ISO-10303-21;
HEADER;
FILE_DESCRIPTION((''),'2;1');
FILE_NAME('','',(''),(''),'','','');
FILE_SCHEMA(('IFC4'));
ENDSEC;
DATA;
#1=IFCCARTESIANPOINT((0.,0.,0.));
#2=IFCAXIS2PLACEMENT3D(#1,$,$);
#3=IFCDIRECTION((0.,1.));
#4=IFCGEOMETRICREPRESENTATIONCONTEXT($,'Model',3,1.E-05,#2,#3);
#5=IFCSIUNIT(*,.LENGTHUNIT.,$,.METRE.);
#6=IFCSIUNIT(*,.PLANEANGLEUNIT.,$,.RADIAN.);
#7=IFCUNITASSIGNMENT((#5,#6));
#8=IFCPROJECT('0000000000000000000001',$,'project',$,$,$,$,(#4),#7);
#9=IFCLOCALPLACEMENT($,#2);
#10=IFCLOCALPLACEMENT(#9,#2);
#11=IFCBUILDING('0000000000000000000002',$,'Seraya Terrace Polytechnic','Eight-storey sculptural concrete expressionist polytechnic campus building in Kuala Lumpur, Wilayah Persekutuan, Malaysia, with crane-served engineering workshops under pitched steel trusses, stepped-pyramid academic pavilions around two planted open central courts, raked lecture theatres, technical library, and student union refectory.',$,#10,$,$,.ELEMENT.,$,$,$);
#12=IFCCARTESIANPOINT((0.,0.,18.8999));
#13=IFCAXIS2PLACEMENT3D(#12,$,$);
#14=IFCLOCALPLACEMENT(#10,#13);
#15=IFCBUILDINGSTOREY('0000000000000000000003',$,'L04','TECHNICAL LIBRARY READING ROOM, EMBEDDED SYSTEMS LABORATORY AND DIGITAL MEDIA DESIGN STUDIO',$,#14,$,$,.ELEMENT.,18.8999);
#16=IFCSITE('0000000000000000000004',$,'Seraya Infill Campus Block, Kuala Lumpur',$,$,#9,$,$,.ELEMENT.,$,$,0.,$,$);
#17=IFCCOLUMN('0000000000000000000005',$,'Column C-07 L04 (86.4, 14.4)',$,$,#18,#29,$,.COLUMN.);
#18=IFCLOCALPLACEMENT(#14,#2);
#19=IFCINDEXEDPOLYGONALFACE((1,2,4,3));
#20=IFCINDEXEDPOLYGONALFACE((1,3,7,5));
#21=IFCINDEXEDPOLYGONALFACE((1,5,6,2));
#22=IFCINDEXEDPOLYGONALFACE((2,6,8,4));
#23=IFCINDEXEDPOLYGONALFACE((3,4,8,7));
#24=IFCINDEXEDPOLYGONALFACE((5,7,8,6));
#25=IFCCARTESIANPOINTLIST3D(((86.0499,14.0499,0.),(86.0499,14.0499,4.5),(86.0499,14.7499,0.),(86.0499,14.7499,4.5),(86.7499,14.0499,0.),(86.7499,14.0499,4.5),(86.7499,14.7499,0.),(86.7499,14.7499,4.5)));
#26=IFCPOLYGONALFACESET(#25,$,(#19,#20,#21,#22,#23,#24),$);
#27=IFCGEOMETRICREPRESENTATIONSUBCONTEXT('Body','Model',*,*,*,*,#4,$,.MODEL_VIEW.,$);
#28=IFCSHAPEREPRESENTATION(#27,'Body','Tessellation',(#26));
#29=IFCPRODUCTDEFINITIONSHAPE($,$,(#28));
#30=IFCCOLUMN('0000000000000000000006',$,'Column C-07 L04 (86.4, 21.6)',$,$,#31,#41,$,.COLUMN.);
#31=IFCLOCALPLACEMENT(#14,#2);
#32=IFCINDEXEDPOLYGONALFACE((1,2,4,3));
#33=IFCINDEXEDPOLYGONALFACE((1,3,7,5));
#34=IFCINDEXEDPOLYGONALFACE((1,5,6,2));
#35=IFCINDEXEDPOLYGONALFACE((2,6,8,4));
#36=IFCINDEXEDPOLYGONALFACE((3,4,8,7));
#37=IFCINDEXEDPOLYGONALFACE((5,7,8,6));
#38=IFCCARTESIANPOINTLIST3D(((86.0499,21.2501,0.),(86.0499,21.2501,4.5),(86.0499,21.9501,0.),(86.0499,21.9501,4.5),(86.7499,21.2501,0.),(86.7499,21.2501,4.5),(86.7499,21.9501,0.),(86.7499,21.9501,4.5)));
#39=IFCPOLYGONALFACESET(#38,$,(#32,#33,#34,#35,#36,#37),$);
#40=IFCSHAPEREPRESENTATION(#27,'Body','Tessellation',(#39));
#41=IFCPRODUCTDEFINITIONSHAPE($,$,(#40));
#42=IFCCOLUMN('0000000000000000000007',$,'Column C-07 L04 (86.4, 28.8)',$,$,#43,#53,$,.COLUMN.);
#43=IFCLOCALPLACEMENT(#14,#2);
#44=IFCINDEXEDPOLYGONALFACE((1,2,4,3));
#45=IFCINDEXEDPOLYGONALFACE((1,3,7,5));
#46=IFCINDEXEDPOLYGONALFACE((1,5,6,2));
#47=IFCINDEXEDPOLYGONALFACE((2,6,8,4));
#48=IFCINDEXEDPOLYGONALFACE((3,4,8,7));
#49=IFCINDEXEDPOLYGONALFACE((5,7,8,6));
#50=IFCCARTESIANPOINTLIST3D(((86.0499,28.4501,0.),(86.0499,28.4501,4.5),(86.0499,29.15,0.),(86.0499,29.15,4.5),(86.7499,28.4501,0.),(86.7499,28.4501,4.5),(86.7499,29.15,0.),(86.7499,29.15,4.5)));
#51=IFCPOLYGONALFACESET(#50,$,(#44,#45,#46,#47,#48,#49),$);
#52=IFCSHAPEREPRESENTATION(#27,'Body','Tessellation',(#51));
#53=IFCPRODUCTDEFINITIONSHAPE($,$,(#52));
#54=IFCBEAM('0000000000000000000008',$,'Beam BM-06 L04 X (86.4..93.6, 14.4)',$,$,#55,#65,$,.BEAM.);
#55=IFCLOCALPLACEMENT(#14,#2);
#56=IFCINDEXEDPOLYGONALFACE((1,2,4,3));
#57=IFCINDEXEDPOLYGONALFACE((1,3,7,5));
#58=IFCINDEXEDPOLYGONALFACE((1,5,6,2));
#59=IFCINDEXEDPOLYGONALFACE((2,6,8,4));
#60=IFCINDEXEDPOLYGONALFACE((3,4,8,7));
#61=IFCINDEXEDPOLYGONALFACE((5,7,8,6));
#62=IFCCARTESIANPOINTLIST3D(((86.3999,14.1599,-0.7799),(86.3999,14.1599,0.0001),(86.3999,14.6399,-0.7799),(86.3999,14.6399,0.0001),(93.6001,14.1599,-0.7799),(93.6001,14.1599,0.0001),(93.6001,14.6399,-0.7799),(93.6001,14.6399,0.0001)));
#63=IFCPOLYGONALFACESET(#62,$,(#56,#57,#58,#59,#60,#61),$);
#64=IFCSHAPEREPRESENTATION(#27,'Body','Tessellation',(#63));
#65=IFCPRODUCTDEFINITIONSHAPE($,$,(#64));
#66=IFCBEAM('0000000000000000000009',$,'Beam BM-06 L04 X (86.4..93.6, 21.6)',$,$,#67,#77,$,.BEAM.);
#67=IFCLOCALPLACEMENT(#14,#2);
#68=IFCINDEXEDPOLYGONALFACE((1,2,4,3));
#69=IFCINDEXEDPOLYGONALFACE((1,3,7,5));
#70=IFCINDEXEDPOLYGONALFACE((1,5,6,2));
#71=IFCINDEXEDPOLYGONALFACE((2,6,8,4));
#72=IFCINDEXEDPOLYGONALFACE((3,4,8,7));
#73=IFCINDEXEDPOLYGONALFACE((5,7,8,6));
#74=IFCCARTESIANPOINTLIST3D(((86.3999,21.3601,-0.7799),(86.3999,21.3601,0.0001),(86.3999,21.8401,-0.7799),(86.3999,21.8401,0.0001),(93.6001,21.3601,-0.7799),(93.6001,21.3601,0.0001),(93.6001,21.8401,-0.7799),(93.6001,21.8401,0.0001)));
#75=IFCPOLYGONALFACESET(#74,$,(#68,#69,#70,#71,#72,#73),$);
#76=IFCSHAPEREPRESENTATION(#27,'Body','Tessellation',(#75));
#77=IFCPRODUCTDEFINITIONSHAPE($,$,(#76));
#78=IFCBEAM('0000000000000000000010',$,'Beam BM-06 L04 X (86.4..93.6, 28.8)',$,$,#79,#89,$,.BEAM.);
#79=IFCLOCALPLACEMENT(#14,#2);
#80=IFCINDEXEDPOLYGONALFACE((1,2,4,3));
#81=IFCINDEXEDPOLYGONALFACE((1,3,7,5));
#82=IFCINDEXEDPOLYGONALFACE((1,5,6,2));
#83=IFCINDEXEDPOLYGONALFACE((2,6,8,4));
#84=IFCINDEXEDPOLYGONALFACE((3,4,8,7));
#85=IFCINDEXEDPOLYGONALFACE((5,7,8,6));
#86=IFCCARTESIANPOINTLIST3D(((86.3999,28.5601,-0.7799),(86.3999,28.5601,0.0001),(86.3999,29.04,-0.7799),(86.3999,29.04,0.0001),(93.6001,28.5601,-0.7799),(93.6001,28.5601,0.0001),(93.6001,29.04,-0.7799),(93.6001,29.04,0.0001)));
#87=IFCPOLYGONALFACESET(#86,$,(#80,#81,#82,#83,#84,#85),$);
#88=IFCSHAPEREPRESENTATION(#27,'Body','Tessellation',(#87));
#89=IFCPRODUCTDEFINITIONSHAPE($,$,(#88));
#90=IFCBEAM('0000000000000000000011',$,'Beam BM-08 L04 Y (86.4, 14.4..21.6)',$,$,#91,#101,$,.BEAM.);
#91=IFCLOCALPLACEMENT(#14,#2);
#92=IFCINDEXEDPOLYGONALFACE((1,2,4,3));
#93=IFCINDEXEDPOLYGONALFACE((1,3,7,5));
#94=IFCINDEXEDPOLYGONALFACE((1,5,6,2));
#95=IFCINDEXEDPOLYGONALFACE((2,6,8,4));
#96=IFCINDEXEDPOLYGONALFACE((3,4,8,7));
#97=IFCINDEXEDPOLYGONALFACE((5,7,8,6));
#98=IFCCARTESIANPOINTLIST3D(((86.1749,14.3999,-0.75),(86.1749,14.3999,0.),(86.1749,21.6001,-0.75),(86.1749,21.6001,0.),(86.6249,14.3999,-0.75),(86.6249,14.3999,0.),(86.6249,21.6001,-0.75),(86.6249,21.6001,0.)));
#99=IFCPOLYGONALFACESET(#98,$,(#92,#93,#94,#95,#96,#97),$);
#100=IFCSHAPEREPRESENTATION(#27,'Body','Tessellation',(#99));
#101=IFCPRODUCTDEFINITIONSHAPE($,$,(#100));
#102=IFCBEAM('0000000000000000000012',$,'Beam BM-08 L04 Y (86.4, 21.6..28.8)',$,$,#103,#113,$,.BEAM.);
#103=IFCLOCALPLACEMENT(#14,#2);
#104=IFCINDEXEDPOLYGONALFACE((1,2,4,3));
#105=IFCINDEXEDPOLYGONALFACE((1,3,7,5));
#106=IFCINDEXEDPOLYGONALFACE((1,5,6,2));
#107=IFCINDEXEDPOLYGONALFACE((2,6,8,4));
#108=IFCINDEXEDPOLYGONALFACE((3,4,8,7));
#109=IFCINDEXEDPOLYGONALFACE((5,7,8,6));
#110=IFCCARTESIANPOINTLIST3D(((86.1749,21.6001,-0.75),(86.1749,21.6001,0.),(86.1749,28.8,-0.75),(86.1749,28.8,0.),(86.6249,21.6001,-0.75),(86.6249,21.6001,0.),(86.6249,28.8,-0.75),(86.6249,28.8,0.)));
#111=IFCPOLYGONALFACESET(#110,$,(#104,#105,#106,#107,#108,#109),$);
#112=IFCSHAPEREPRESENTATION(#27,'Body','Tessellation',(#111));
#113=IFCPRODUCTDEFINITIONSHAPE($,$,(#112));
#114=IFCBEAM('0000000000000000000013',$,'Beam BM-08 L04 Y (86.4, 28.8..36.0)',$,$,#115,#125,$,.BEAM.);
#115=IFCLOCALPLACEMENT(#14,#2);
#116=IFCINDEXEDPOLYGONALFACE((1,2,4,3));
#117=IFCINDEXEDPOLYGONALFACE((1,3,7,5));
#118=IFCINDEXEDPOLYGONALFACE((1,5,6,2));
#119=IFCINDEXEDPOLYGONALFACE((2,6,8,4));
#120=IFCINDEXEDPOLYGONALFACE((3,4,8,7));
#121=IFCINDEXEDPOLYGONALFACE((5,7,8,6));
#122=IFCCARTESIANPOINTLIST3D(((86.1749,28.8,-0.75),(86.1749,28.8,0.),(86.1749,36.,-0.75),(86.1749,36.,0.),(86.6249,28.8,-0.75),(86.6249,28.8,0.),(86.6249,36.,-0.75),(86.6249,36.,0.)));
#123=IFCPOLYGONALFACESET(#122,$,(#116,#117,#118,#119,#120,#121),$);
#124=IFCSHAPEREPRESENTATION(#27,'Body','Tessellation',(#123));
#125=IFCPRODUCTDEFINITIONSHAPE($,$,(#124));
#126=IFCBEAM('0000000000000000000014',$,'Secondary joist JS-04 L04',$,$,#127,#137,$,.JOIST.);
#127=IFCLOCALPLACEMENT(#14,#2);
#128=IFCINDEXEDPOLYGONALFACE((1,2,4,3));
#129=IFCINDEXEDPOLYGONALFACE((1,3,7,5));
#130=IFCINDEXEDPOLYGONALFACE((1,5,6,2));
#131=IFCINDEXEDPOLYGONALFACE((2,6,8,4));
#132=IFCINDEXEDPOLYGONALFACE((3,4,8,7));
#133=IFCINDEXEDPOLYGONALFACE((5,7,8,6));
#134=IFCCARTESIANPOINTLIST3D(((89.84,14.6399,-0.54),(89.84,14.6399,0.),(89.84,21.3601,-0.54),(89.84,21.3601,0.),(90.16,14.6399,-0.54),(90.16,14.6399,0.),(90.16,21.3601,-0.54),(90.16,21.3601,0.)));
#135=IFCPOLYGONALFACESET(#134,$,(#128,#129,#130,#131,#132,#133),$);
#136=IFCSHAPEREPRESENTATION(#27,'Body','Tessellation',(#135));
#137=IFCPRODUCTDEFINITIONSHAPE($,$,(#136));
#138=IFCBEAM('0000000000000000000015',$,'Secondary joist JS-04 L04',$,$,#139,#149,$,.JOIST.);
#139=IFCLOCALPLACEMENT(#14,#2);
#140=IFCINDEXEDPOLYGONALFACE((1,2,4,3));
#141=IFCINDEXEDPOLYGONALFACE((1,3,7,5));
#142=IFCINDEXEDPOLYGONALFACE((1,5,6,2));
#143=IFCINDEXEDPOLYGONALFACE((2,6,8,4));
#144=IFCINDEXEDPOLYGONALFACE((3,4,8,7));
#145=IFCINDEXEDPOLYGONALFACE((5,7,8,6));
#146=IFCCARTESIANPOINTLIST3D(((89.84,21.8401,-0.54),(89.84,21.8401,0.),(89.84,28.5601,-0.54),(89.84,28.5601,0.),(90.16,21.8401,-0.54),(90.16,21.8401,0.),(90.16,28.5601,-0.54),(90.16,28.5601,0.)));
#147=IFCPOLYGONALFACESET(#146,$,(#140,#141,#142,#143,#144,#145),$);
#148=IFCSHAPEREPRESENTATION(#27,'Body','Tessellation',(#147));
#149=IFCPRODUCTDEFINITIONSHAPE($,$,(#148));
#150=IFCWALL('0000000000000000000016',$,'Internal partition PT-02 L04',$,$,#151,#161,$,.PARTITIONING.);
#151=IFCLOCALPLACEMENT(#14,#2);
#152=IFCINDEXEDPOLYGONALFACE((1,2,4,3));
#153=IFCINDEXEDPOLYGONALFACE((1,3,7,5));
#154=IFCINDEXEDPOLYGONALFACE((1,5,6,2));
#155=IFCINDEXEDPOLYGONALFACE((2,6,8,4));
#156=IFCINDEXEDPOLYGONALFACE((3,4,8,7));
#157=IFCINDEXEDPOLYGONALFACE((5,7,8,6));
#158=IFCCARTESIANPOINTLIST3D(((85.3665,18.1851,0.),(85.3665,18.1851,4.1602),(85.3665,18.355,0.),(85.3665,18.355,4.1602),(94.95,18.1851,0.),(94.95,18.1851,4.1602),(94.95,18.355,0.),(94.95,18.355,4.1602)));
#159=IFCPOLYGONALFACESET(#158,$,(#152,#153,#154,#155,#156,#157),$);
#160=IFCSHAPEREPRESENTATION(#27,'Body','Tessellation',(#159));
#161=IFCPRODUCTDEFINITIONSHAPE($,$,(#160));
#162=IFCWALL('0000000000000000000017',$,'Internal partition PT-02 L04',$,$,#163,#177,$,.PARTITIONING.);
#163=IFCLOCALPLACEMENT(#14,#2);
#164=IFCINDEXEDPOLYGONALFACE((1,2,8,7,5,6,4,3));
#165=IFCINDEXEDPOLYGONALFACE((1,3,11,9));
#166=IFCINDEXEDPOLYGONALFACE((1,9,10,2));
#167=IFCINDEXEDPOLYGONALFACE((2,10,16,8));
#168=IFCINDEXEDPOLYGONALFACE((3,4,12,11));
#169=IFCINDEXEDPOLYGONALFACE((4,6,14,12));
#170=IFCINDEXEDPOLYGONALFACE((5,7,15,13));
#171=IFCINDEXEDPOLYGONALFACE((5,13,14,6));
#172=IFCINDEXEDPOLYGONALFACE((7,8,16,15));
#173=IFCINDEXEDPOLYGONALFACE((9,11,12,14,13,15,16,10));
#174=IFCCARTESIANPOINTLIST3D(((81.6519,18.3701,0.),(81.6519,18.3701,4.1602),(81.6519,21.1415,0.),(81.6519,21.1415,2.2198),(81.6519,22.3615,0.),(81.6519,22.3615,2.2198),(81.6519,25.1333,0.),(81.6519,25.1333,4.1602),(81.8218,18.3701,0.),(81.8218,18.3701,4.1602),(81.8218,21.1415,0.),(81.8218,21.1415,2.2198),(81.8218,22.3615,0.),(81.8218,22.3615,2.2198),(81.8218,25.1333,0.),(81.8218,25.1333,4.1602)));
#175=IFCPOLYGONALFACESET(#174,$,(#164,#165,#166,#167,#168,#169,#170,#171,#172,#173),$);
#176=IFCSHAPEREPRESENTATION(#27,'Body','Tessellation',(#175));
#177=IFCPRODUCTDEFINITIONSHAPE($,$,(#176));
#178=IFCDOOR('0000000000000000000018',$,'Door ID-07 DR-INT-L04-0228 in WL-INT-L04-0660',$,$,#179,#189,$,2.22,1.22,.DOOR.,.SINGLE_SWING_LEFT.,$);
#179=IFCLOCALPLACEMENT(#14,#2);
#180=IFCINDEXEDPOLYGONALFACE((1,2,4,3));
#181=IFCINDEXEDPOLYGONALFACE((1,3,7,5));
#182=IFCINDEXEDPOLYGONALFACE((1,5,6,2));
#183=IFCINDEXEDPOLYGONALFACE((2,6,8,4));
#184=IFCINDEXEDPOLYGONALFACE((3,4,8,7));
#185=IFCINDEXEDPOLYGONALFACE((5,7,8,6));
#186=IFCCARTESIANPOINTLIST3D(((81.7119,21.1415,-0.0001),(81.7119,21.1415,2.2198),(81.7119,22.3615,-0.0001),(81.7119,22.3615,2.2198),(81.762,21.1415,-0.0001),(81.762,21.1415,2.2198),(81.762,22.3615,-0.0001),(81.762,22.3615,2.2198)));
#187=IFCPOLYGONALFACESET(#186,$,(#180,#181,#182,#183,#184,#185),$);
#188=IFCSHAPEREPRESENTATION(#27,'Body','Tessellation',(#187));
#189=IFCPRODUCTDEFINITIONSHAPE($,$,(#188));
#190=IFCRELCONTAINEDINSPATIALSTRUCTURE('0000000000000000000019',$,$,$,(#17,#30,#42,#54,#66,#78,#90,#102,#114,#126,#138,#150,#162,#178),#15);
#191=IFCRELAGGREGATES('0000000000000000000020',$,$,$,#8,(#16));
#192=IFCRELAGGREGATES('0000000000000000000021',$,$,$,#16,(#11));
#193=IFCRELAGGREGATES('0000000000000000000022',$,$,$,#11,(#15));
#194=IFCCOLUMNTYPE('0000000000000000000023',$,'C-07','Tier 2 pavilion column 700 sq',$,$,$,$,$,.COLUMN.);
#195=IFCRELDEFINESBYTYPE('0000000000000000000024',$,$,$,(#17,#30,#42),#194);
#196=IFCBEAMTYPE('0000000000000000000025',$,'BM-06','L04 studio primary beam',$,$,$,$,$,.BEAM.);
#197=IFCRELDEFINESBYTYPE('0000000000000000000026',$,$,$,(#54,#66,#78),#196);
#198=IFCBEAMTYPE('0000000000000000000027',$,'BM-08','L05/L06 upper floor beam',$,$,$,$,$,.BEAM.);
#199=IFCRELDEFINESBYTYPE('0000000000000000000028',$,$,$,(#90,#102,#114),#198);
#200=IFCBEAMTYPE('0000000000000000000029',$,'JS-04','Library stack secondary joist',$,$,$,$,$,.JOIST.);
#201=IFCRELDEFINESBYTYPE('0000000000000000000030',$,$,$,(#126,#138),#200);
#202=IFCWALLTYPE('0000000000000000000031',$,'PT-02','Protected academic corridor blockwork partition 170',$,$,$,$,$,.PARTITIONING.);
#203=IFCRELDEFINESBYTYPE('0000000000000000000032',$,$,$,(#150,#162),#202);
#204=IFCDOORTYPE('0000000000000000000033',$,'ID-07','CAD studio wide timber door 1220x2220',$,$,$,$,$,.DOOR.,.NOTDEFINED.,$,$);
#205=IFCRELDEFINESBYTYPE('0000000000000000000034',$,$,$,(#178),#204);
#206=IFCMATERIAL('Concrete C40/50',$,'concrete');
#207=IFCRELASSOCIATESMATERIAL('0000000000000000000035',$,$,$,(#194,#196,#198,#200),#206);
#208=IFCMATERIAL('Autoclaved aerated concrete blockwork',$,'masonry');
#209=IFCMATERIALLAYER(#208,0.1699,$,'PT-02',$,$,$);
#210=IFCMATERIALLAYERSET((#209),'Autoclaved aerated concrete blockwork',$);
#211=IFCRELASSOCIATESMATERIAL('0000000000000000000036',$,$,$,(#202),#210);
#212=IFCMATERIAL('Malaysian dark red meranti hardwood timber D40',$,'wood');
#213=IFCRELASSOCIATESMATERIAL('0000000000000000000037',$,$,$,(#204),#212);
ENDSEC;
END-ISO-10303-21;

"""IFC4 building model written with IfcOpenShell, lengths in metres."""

from ifc_helpers import new_model, si_unit, direction, frame, frame_2d, origin, origin_2d, place, context, subcontext, project, spatial, rectangle, extrude, material, layer, layer_set, material_profile, profile_set, type_object, element, fill, save


model = new_model("IFC4")

# Units and contexts
model_context = context("Model", 3, precision=1e-05, world=origin(), true_north=direction((0.0, 1.0)))
body_context = subcontext(model_context, "Body", "Model", "MODEL_VIEW")
ifc_project = project(units=[si_unit("LENGTHUNIT", "METRE"), si_unit("PLANEANGLEUNIT", "RADIAN")], contexts=[model_context])

# Site, building, storey
site_placement = place(None, origin())
site = spatial("IfcSite", under=ifc_project, at=site_placement, Name="Seraya Infill Campus Block, Kuala Lumpur", CompositionType="ELEMENT", RefElevation=0.0)
building_placement = place(site_placement, origin())
building = spatial("IfcBuilding", under=site, at=building_placement, Name="Seraya Terrace Polytechnic", Description="Eight-storey sculptural concrete expressionist polytechnic campus building in Kuala Lumpur, Wilayah Persekutuan, Malaysia, with crane-served engineering workshops under pitched steel trusses, stepped-pyramid academic pavilions around two planted open central courts, raked lecture theatres, technical library, and student union refectory.", CompositionType="ELEMENT")
storey_placement = place(building_placement, frame((0.0, 0.0, 18.8999)))
storey = spatial("IfcBuildingStorey", under=building, at=storey_placement, Name="L04", Description="TECHNICAL LIBRARY READING ROOM, EMBEDDED SYSTEMS LABORATORY AND DIGITAL MEDIA DESIGN STUDIO", CompositionType="ELEMENT", Elevation=18.8999)

# Columns
ifc_material_1 = material(Name="Concrete C40/50", Category="concrete")
ifc_material_profile_1 = material_profile(ifc_material_1, rectangle(XDim=0.7, YDim=0.7, at=origin_2d()), Name="RC 700x700")
ifc_profile_set_1 = profile_set([ifc_material_profile_1], Name="Concrete C40/50")
column_type = type_object("IfcColumnType", Name="C-07", Description="Tier 2 pavilion column 700 sq", PredefinedType="COLUMN", material=ifc_profile_set_1)
for number, where, z_axis, x_axis, name in (
    (1, (86.3999, 14.3999, 0.0), (0.0, 0.0, 1.0), (1.0, 0.0, 0.0), "Column C-07 L04 (86.4, 14.4)"),
    (2, (86.3999, 21.6001, 0.0), (0.0, 0.0, 1.0), (1.0, 0.0, 0.0), "Column C-07 L04 (86.4, 21.6)"),
    (3, (86.3999, 28.8, 0.0), (0.0, 0.0, 1.0), (1.0, 0.0, 0.0), "Column C-07 L04 (86.4, 28.8)"),
):
    element("IfcColumn", number, at=place(storey_placement, frame(where, z_axis=z_axis, x_axis=x_axis)), inside=storey, type_object=column_type, Name=name, PredefinedType="COLUMN", context=body_context, shape_type="SweptSolid", body=[
        extrude(rectangle(XDim=0.7, YDim=0.7, at=origin_2d()), origin(), (0.0, 0.0, 1.0), 4.5),
    ])

# Beams
ifc_material_profile_2 = material_profile(ifc_material_1, rectangle(XDim=0.48, YDim=0.78, at=origin_2d()), Name="RC 480x780")
ifc_profile_set_2 = profile_set([ifc_material_profile_2], Name="Concrete C40/50")
beam_type_1 = type_object("IfcBeamType", Name="BM-06", Description="L04 studio primary beam", PredefinedType="BEAM", material=ifc_profile_set_2)
for number, where, z_axis, x_axis, name in (
    (4, (86.3999, 14.3999, -0.3899), (1.0, 0.0, 0.0), (0.0, 1.0, 0.0), "Beam BM-06 L04 X (86.4..93.6, 14.4)"),
    (5, (86.3999, 21.6001, -0.3899), (1.0, 0.0, 0.0), (0.0, 1.0, 0.0), "Beam BM-06 L04 X (86.4..93.6, 21.6)"),
    (6, (86.3999, 28.8, -0.3899), (1.0, 0.0, 0.0), (0.0, 1.0, 0.0), "Beam BM-06 L04 X (86.4..93.6, 28.8)"),
):
    element("IfcBeam", number, at=place(storey_placement, frame(where, z_axis=z_axis, x_axis=x_axis)), inside=storey, type_object=beam_type_1, Name=name, PredefinedType="BEAM", context=body_context, shape_type="SweptSolid", body=[
        extrude(rectangle(XDim=0.48, YDim=0.78, at=origin_2d()), origin(), (0.0, 0.0, 1.0), 7.2002),
    ])
ifc_material_profile_3 = material_profile(ifc_material_1, rectangle(XDim=0.45, YDim=0.75, at=origin_2d()), Name="RC 450x750")
ifc_profile_set_3 = profile_set([ifc_material_profile_3], Name="Concrete C40/50")
beam_type_2 = type_object("IfcBeamType", Name="BM-08", Description="L05/L06 upper floor beam", PredefinedType="BEAM", material=ifc_profile_set_3)
beam_1_placement = place(storey_placement, frame((86.3999, 14.3999, -0.375), z_axis=(0.0, 1.0, 0.0), x_axis=(-1.0, 0.0, 0.0)))
element("IfcBeam", 7, at=beam_1_placement, inside=storey, type_object=beam_type_2, Name="Beam BM-08 L04 Y (86.4, 14.4..21.6)", PredefinedType="BEAM", context=body_context, shape_type="SweptSolid", body=[
    extrude(rectangle(XDim=0.45, YDim=0.75, at=origin_2d()), origin(), (0.0, 0.0, 1.0), 7.2002),
])
for number, where, z_axis, x_axis, name in (
    (8, (86.3999, 21.6001, -0.375), (0.0, 1.0, 0.0), (-1.0, 0.0, 0.0), "Beam BM-08 L04 Y (86.4, 21.6..28.8)"),
    (9, (86.3999, 28.8, -0.375), (0.0, 1.0, 0.0), (-1.0, 0.0, 0.0), "Beam BM-08 L04 Y (86.4, 28.8..36.0)"),
):
    element("IfcBeam", number, at=place(storey_placement, frame(where, z_axis=z_axis, x_axis=x_axis)), inside=storey, type_object=beam_type_2, Name=name, PredefinedType="BEAM", context=body_context, shape_type="SweptSolid", body=[
        extrude(rectangle(XDim=0.45, YDim=0.75, at=origin_2d()), origin(), (0.0, 0.0, 1.0), 7.2),
    ])
ifc_material_profile_4 = material_profile(ifc_material_1, rectangle(XDim=0.3201, YDim=0.54, at=origin_2d()), Name="RC 320x540")
ifc_profile_set_4 = profile_set([ifc_material_profile_4], Name="Concrete C40/50")
beam_type_3 = type_object("IfcBeamType", Name="JS-04", Description="Library stack secondary joist", PredefinedType="JOIST", material=ifc_profile_set_4)
beam_2_placement = place(storey_placement, frame((90.0, 14.6399, -0.27), z_axis=(0.0, 1.0, 0.0), x_axis=(-1.0, 0.0, 0.0)))
element("IfcBeam", 10, at=beam_2_placement, inside=storey, type_object=beam_type_3, Name="Secondary joist JS-04 L04", PredefinedType="JOIST", context=body_context, shape_type="SweptSolid", body=[
    extrude(rectangle(XDim=0.3201, YDim=0.54, at=origin_2d()), origin(), (0.0, 0.0, 1.0), 6.7202),
])
beam_3_placement = place(storey_placement, frame((90.0, 21.8401, -0.27), z_axis=(0.0, 1.0, 0.0), x_axis=(-1.0, 0.0, 0.0)))
element("IfcBeam", 11, at=beam_3_placement, inside=storey, type_object=beam_type_3, Name="Secondary joist JS-04 L04", PredefinedType="JOIST", context=body_context, shape_type="SweptSolid", body=[
    extrude(rectangle(XDim=0.3201, YDim=0.54, at=origin_2d()), origin(), (0.0, 0.0, 1.0), 6.72),
])

# Wall
ifc_material_2 = material(Name="Autoclaved aerated concrete blockwork", Category="masonry")
ifc_layer_1 = layer(ifc_material_2, 0.1699, Name="PT-02")
ifc_layer_set_1 = layer_set([ifc_layer_1], Name="Autoclaved aerated concrete blockwork")
wall_type_1 = type_object("IfcWallType", Name="PT-02", Description="Protected academic corridor blockwork partition 170", PredefinedType="PARTITIONING", material=ifc_layer_set_1)
wall_1_placement = place(storey_placement, frame((85.3665, 18.27, 0.0), z_axis=(0.0, 0.0, 1.0), x_axis=(1.0, 0.0, 0.0)))
element("IfcWall", 12, at=wall_1_placement, inside=storey, type_object=wall_type_1, Name="Internal partition PT-02 L04", PredefinedType="PARTITIONING", context=body_context, shape_type="SweptSolid", body=[
    extrude(rectangle(XDim=9.5835, YDim=0.1699, at=frame_2d((4.7917, 0.0))), origin(), (0.0, 0.0, 1.0), 4.1602),
])

# Wall, opening, door
wall_2_placement = place(storey_placement, frame((81.7368, 18.3701, 0.0), z_axis=(0.0, 0.0, 1.0), x_axis=(0.0, 1.0, 0.0)))
wall_2 = element("IfcWall", 13, at=wall_2_placement, inside=storey, type_object=wall_type_1, Name="Internal partition PT-02 L04", PredefinedType="PARTITIONING", context=body_context, shape_type="SweptSolid", body=[
    extrude(rectangle(XDim=6.7632, YDim=0.1699, at=frame_2d((3.3816, 0.0))), origin(), (0.0, 0.0, 1.0), 4.1602),
])
opening_1_placement = place(wall_2_placement, frame((2.7715, 0.0, 0.0)))
opening_1 = element("IfcOpeningElement", 14, at=opening_1_placement, cuts=wall_2, PredefinedType="OPENING", context=body_context, shape_type="SweptSolid", body=[
    extrude(rectangle(XDim=1.22, YDim=2.22, at=frame_2d((0.6099, 1.1099))), frame((0.0, 0.0969, 0.0), z_axis=(0.0, -1.0, 0.0), x_axis=(1.0, 0.0, 0.0)), (0.0, 0.0, 1.0), 0.1938),
])
ifc_material_3 = material(Name="Malaysian dark red meranti hardwood timber D40", Category="wood")
door_type_1 = type_object("IfcDoorType", Name="ID-07", Description="CAD studio wide timber door 1220x2220", OperationType="NOTDEFINED", PredefinedType="DOOR", material=ifc_material_3)
door_1_placement = place(opening_1_placement, origin())
door_1 = element("IfcDoor", 15, at=door_1_placement, inside=storey, type_object=door_type_1, Name="Door ID-07 DR-INT-L04-0228 in WL-INT-L04-0660", OperationType="SINGLE_SWING_LEFT", OverallHeight=2.22, OverallWidth=1.22, PredefinedType="DOOR", context=body_context, shape_type="SweptSolid", body=[
    extrude(rectangle(XDim=1.22, YDim=2.22, at=frame_2d((0.6099, 1.1099))), frame((0.0, 0.0249, 0.0), z_axis=(0.0, -1.0, 0.0), x_axis=(1.0, 0.0, 0.0)), (0.0, 0.0, 1.0), 0.05),
])
fill(opening_1, door_1)

save(model, "model.ifc")
